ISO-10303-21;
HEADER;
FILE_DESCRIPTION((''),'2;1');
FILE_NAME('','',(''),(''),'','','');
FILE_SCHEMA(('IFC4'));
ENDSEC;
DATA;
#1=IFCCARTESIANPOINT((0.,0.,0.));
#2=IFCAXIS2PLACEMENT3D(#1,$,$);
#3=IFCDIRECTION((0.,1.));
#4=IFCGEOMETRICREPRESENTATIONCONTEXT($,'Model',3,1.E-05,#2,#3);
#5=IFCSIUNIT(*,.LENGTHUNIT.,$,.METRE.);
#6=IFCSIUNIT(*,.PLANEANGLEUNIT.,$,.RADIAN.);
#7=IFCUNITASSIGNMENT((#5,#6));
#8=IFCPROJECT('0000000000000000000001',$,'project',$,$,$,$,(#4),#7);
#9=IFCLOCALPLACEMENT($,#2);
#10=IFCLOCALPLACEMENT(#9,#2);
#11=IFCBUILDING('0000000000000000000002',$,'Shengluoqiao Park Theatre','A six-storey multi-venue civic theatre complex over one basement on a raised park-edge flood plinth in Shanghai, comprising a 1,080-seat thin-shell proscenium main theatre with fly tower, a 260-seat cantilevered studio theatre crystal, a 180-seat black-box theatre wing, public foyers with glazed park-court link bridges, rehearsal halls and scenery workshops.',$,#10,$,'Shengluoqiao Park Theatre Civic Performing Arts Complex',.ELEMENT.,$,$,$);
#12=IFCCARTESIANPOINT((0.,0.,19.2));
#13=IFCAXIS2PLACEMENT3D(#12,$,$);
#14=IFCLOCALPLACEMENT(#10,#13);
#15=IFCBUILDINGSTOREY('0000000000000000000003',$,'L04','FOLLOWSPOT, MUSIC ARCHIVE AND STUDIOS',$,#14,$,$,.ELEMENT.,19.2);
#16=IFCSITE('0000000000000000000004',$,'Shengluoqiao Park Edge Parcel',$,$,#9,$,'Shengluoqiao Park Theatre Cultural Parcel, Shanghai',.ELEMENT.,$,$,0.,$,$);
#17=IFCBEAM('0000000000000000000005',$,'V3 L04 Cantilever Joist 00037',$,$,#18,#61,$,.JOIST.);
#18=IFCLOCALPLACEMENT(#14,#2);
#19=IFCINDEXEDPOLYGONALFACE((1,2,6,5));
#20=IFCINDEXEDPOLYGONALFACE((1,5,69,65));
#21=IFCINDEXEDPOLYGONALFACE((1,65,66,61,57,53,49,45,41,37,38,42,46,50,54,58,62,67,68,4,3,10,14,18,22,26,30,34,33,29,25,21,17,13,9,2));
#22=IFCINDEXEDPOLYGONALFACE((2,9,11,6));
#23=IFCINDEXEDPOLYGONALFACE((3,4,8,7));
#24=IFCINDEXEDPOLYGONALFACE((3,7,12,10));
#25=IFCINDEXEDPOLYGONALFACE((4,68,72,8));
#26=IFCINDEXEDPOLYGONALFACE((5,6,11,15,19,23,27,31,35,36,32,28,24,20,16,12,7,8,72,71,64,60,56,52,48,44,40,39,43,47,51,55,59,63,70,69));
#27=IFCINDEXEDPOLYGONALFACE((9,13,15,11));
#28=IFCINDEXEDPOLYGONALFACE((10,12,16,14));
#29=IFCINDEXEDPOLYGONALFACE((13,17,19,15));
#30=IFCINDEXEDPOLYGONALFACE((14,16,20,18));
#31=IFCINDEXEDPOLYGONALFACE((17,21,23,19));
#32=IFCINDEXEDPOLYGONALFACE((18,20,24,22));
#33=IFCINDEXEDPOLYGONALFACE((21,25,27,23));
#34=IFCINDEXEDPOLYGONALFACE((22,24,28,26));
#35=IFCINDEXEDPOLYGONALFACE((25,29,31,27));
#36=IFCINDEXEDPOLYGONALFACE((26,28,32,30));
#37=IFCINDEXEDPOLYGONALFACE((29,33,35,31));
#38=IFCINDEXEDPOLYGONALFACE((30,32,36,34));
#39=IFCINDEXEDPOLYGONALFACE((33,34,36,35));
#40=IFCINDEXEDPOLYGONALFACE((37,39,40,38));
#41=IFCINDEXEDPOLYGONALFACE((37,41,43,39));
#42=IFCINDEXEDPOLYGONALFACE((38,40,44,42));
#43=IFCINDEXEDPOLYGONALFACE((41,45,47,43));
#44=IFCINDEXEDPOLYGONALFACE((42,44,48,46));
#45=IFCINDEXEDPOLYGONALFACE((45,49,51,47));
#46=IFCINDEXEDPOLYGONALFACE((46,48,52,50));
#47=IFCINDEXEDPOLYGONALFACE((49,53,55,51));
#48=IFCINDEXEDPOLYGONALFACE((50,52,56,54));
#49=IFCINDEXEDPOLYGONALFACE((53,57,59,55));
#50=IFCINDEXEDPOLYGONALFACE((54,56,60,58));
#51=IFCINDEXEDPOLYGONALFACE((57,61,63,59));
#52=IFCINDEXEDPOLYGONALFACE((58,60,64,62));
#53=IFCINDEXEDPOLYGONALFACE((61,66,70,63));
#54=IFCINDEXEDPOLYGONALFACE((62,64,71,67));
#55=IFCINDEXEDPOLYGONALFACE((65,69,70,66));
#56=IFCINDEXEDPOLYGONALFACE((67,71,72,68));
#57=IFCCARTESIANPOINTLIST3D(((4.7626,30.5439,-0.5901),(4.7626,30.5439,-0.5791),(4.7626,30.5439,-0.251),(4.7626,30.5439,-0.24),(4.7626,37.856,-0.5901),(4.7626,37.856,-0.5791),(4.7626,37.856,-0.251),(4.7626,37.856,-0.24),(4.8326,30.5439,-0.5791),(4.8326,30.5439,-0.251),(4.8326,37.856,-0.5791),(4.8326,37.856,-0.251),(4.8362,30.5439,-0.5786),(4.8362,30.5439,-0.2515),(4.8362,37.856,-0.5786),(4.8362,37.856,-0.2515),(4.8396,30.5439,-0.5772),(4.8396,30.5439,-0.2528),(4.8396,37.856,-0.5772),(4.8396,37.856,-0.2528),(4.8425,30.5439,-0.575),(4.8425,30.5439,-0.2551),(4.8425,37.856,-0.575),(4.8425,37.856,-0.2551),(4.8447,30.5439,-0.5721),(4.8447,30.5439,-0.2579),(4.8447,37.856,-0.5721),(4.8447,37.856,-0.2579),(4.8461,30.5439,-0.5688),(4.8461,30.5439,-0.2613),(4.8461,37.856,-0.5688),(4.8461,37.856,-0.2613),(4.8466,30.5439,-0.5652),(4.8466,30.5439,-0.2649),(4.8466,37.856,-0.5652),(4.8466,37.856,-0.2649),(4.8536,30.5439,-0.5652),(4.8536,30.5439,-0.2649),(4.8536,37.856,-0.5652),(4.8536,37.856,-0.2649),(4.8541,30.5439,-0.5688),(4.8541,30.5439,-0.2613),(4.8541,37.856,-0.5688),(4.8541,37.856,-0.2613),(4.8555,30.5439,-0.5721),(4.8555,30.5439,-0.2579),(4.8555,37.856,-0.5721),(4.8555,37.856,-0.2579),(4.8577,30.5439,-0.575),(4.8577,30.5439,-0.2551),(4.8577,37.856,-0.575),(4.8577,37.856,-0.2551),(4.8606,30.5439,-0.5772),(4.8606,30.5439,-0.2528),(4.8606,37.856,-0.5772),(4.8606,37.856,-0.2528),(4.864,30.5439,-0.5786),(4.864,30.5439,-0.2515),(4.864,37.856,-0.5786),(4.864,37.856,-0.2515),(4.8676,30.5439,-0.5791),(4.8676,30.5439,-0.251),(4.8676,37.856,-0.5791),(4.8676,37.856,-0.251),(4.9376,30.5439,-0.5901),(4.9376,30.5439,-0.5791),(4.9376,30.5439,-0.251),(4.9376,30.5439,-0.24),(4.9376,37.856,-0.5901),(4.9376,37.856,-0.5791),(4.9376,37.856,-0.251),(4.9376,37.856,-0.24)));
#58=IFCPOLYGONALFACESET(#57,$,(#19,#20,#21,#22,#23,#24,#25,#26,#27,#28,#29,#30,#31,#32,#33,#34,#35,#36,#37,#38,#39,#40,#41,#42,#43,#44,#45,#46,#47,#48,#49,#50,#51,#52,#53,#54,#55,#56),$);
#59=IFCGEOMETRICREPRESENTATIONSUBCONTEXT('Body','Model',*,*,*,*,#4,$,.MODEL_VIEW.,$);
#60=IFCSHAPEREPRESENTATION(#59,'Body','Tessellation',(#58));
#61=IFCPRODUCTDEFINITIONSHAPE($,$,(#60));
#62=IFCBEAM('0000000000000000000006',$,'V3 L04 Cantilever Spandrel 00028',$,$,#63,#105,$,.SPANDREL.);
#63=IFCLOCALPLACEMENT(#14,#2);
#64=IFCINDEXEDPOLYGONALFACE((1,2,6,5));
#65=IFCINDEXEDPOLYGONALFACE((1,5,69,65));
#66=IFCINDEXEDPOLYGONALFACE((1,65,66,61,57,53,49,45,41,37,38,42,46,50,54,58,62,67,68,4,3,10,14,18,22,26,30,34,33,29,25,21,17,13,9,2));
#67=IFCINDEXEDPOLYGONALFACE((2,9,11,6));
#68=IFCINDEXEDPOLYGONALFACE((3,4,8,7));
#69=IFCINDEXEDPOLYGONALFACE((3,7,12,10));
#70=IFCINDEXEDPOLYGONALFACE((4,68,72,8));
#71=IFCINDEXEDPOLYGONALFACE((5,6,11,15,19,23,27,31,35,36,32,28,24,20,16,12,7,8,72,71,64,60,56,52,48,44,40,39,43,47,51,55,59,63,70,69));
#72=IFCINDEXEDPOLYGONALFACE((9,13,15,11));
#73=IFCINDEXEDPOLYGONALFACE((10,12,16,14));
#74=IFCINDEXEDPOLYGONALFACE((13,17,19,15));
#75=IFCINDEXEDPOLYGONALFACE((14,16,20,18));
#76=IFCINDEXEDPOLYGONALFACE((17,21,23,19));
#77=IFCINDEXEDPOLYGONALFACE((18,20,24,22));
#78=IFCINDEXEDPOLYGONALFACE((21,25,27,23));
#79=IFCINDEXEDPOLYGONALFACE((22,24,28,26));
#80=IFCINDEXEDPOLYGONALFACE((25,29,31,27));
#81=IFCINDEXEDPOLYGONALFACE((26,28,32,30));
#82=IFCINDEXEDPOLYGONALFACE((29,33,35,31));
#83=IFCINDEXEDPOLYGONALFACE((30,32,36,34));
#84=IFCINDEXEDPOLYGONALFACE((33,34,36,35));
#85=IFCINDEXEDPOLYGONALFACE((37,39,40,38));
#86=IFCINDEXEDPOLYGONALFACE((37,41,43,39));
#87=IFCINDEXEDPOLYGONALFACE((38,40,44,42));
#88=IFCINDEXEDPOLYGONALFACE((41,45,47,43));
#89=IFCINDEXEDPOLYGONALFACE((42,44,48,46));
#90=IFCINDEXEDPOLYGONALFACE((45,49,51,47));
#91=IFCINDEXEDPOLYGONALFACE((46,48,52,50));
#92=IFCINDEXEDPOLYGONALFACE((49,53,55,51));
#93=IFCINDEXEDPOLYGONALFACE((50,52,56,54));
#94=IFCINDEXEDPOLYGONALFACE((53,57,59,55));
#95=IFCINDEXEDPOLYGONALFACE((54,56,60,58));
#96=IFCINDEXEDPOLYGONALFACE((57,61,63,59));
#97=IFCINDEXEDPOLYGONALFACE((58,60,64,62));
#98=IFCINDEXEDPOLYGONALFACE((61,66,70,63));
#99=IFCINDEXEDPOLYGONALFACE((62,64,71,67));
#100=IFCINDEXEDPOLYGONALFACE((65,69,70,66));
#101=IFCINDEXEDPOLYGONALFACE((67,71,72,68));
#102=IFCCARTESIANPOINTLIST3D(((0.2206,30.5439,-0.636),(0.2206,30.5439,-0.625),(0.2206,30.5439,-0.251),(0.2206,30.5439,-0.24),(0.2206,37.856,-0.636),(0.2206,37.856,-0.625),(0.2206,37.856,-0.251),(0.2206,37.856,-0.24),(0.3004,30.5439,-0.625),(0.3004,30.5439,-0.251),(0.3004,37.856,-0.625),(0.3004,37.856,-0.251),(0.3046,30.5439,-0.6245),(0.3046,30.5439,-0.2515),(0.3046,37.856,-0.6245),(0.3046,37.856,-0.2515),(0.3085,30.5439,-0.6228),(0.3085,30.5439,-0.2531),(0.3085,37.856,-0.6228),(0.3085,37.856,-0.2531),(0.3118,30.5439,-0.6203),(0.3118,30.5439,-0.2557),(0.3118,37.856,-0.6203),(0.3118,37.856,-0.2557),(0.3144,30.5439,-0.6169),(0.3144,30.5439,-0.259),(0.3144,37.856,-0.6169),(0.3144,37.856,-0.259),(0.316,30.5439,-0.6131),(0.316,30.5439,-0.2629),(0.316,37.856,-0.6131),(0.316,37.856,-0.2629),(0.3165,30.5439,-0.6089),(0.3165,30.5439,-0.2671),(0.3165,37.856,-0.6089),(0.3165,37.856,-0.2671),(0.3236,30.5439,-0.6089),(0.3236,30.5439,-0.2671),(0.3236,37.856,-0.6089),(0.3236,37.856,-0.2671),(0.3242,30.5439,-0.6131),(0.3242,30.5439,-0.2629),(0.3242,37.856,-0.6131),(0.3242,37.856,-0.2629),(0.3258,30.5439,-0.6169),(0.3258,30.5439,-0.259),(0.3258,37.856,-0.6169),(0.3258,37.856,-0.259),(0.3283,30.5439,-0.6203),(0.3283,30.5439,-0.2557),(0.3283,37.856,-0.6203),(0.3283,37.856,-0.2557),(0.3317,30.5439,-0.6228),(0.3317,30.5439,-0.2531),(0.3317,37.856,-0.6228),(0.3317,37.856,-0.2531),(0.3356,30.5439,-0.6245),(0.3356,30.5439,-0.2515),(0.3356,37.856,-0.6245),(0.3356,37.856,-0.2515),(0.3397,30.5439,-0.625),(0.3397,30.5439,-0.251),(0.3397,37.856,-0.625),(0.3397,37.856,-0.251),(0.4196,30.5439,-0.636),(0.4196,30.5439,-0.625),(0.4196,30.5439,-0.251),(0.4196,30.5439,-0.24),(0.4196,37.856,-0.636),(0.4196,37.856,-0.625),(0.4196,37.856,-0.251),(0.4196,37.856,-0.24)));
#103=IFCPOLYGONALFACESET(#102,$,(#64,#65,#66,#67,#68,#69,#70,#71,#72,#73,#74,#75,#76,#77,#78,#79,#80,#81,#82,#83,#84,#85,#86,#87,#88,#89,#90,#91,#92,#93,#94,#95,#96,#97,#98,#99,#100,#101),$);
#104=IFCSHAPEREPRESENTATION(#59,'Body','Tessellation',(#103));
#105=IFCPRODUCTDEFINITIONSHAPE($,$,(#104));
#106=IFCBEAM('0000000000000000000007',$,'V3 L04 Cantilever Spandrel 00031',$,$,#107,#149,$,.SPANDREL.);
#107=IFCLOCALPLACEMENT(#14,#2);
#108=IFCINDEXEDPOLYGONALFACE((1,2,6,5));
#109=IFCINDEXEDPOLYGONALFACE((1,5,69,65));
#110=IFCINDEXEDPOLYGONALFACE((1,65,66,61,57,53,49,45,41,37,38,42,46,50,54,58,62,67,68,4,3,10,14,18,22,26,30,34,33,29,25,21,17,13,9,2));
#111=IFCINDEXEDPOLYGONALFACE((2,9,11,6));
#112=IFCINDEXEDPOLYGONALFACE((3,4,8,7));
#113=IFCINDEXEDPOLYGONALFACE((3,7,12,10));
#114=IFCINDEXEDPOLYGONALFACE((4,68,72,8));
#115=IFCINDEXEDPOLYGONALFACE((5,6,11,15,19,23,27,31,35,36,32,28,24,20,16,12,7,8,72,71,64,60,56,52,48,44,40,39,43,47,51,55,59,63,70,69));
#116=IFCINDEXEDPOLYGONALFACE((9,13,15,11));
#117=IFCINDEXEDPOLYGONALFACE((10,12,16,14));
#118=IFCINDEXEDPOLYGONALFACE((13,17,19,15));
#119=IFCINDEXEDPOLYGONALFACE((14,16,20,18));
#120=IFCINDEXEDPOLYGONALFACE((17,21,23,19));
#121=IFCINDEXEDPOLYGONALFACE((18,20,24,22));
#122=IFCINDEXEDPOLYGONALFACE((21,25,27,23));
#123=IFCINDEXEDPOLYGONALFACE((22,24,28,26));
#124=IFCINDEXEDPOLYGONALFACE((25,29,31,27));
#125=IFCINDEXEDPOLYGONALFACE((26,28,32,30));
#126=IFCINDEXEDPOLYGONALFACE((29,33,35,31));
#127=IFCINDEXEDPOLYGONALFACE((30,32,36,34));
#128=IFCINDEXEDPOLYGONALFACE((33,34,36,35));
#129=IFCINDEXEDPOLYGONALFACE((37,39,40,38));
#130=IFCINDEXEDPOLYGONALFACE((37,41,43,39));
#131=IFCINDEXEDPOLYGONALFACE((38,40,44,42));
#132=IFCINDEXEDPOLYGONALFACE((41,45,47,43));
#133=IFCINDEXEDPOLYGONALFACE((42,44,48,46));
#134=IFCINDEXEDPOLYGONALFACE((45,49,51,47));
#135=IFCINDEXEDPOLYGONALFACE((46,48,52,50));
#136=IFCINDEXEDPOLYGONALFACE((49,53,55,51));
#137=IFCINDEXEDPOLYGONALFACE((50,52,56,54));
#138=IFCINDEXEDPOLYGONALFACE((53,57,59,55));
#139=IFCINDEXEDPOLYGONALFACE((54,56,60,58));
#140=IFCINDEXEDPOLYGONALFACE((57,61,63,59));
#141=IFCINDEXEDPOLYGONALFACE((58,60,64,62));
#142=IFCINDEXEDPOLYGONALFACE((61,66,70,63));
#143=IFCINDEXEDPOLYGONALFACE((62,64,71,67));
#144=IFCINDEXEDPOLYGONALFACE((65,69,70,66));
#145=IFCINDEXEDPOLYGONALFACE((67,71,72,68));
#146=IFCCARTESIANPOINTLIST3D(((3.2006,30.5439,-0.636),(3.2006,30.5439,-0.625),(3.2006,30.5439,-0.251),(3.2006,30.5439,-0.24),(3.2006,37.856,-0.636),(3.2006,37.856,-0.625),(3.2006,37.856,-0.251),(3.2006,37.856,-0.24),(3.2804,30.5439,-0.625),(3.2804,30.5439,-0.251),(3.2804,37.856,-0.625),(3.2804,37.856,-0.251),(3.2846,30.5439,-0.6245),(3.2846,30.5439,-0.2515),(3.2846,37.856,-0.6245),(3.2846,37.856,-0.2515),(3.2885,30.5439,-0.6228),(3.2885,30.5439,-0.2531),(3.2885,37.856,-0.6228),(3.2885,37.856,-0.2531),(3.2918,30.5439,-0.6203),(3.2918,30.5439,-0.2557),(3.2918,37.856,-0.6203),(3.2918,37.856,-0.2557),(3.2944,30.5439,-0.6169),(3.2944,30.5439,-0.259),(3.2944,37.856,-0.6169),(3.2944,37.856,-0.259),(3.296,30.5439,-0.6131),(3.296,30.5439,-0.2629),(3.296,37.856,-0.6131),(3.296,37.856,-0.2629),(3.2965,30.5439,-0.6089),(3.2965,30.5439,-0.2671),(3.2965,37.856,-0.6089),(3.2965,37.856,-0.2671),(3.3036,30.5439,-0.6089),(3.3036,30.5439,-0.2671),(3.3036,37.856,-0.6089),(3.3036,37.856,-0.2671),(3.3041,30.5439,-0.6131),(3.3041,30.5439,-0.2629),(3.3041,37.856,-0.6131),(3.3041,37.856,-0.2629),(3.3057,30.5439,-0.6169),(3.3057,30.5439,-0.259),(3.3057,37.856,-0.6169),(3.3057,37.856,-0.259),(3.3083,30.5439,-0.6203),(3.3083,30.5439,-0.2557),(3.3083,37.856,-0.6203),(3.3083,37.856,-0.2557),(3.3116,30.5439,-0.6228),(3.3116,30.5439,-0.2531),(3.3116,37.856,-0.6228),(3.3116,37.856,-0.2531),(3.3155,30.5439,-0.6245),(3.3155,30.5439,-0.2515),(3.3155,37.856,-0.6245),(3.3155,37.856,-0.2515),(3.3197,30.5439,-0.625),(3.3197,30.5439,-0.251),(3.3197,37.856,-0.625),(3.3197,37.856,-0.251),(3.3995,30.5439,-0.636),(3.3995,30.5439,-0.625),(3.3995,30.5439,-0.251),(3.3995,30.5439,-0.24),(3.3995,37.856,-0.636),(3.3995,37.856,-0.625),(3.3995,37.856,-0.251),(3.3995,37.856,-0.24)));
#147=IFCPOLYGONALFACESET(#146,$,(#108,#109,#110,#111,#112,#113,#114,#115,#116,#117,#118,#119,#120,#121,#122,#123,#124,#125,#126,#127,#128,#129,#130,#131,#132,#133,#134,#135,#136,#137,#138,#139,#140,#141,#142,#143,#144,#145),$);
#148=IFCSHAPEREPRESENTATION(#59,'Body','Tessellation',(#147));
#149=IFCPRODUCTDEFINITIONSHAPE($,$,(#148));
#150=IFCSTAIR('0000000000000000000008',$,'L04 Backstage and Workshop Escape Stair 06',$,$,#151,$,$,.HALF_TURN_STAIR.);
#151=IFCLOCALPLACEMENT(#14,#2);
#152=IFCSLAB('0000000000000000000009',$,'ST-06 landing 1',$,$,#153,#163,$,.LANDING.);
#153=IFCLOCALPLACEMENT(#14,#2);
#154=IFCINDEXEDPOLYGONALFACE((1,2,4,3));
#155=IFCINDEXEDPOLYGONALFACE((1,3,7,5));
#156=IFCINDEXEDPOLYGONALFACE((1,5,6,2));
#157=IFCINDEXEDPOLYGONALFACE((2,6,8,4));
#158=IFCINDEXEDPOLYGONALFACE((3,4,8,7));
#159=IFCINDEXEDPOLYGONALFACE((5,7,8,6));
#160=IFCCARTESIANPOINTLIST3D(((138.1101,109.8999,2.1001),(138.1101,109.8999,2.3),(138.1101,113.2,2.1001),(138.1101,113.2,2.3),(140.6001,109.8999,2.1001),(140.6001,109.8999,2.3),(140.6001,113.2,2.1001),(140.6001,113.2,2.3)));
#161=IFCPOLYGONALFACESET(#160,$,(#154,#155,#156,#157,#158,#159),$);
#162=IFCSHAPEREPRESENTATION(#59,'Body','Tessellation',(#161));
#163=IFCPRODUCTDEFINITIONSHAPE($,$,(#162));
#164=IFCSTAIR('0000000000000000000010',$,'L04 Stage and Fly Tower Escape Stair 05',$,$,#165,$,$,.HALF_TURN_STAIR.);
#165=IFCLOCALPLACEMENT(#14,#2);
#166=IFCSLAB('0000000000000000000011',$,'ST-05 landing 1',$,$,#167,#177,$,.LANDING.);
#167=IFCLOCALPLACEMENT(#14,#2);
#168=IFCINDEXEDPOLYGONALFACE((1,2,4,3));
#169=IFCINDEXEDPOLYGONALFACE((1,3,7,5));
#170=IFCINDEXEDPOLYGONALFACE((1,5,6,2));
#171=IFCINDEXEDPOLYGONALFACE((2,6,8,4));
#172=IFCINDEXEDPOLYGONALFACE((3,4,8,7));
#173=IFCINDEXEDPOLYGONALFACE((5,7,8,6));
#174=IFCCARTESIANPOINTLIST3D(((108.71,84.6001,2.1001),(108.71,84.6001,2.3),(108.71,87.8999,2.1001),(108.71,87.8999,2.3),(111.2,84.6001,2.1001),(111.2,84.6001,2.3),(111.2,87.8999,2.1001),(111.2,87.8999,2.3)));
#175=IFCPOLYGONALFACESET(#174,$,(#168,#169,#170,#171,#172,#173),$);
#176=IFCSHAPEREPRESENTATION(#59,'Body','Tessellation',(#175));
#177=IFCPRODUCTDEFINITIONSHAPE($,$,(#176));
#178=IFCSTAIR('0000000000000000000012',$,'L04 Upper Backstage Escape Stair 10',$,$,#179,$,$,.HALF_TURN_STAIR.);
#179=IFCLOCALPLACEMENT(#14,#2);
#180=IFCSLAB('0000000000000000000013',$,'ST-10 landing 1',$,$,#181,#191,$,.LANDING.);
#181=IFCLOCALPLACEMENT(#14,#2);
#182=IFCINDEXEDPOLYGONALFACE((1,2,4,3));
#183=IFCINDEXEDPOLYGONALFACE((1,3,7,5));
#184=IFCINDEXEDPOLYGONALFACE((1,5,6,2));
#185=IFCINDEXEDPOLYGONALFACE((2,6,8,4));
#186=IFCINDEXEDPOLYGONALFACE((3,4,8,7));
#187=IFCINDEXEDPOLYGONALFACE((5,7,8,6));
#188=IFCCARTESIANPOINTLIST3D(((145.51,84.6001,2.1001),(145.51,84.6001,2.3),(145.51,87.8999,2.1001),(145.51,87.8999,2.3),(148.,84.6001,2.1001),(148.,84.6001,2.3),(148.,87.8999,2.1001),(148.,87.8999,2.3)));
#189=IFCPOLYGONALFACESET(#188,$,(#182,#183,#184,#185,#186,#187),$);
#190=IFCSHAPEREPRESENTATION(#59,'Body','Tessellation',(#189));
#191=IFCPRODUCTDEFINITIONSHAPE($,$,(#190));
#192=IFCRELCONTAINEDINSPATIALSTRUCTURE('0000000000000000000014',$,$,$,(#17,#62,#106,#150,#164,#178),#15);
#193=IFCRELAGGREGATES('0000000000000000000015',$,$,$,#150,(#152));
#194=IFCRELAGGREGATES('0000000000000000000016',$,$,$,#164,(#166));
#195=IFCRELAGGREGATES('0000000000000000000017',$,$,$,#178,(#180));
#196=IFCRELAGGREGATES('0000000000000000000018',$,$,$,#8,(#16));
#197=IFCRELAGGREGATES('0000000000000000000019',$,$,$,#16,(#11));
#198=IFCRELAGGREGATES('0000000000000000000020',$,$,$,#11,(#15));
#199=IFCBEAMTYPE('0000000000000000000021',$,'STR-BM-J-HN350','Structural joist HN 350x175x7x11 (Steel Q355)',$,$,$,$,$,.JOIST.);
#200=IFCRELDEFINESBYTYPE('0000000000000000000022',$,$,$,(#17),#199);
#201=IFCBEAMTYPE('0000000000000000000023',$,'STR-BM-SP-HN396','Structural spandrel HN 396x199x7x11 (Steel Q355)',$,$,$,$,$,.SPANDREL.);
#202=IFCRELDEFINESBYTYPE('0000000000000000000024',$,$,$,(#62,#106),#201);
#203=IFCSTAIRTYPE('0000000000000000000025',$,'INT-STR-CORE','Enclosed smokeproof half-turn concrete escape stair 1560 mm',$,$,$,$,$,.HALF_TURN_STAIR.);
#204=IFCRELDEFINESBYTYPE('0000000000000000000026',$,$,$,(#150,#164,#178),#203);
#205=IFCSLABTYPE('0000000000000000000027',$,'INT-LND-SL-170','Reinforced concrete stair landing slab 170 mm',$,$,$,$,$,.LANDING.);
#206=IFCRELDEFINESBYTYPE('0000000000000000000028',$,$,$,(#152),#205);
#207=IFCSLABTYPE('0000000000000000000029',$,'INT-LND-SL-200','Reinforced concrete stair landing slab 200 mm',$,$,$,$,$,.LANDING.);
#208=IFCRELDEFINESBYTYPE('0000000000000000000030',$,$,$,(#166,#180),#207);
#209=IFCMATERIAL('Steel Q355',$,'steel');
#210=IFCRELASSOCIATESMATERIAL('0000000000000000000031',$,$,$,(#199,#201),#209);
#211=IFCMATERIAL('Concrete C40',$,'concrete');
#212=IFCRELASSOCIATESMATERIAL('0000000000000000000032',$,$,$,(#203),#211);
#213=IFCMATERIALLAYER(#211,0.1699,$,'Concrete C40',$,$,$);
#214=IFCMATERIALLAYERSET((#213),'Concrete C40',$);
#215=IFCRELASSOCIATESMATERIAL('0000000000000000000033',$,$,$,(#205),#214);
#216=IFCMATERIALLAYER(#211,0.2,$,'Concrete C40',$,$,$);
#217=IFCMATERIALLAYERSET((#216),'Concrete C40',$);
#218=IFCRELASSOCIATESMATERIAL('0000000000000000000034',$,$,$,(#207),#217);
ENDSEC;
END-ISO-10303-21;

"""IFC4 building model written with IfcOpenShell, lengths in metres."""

from ifc_helpers import new_model, si_unit, direction, frame, origin, origin_2d, place, context, subcontext, project, spatial, polyline, i_section, outline, extrude, material, layer, layer_set, material_profile, profile_set, type_object, element, aggregate, save


model = new_model("IFC4")

# Units and contexts
model_context = context("Model", 3, precision=1e-05, world=origin(), true_north=direction((0.0, 1.0)))
body_context = subcontext(model_context, "Body", "Model", "MODEL_VIEW")
ifc_project = project(units=[si_unit("LENGTHUNIT", "METRE"), si_unit("PLANEANGLEUNIT", "RADIAN")], contexts=[model_context])

# Site, building, storey
site_placement = place(None, origin())
site = spatial("IfcSite", under=ifc_project, at=site_placement, Name="Shengluoqiao Park Edge Parcel", LongName="Shengluoqiao Park Theatre Cultural Parcel, Shanghai", CompositionType="ELEMENT", RefElevation=0.0)
building_placement = place(site_placement, origin())
building = spatial("IfcBuilding", under=site, at=building_placement, Name="Shengluoqiao Park Theatre", Description="A six-storey multi-venue civic theatre complex over one basement on a raised park-edge flood plinth in Shanghai, comprising a 1,080-seat thin-shell proscenium main theatre with fly tower, a 260-seat cantilevered studio theatre crystal, a 180-seat black-box theatre wing, public foyers with glazed park-court link bridges, rehearsal halls and scenery workshops.", LongName="Shengluoqiao Park Theatre Civic Performing Arts Complex", CompositionType="ELEMENT")
storey_placement = place(building_placement, frame((0.0, 0.0, 19.2)))
storey = spatial("IfcBuildingStorey", under=building, at=storey_placement, Name="L04", Description="FOLLOWSPOT, MUSIC ARCHIVE AND STUDIOS", CompositionType="ELEMENT", Elevation=19.2)

# Beams
ifc_material_1 = material(Name="Steel Q355", Category="steel")
ifc_material_profile_1 = material_profile(ifc_material_1, i_section(OverallWidth=0.175, OverallDepth=0.3501, WebThickness=0.0071, FlangeThickness=0.011, FilletRadius=0.0139, at=origin_2d()), Name="HN 350x175x7x11")
ifc_profile_set_1 = profile_set([ifc_material_profile_1], Name="Steel Q355")
beam_type_1 = type_object("IfcBeamType", Name="STR-BM-J-HN350", Description="Structural joist HN 350x175x7x11 (Steel Q355)", PredefinedType="JOIST", material=ifc_profile_set_1)
for number, where, z_axis, x_axis, name in (
    (1, (4.8501, 30.5439, -0.415), (0.0, 1.0, 0.0), (-1.0, 0.0, 0.0), "V3 L04 Cantilever Joist 00037"),
):
    element("IfcBeam", number, at=place(storey_placement, frame(where, z_axis=z_axis, x_axis=x_axis)), inside=storey, type_object=beam_type_1, Name=name, PredefinedType="JOIST", context=body_context, shape_type="SweptSolid", body=[
        extrude(i_section(OverallWidth=0.175, OverallDepth=0.3501, WebThickness=0.0071, FlangeThickness=0.011, FilletRadius=0.0139, at=origin_2d()), origin(), (0.0, 0.0, 1.0), 7.312),
    ])
ifc_material_profile_2 = material_profile(ifc_material_1, i_section(OverallWidth=0.199, OverallDepth=0.396, WebThickness=0.0071, FlangeThickness=0.011, FilletRadius=0.0161, at=origin_2d()), Name="HN 396x199x7x11")
ifc_profile_set_2 = profile_set([ifc_material_profile_2], Name="Steel Q355")
beam_type_2 = type_object("IfcBeamType", Name="STR-BM-SP-HN396", Description="Structural spandrel HN 396x199x7x11 (Steel Q355)", PredefinedType="SPANDREL", material=ifc_profile_set_2)
for number, where, z_axis, x_axis, name in (
    (2, (0.3201, 30.5439, -0.438), (0.0, 1.0, 0.0), (-1.0, 0.0, 0.0), "V3 L04 Cantilever Spandrel 00028"),
    (3, (3.3, 30.5439, -0.438), (0.0, 1.0, 0.0), (-1.0, 0.0, 0.0), "V3 L04 Cantilever Spandrel 00031"),
):
    element("IfcBeam", number, at=place(storey_placement, frame(where, z_axis=z_axis, x_axis=x_axis)), inside=storey, type_object=beam_type_2, Name=name, PredefinedType="SPANDREL", context=body_context, shape_type="SweptSolid", body=[
        extrude(i_section(OverallWidth=0.199, OverallDepth=0.396, WebThickness=0.0071, FlangeThickness=0.011, FilletRadius=0.0161, at=origin_2d()), origin(), (0.0, 0.0, 1.0), 7.312),
    ])

# Stairs, slabs
ifc_material_2 = material(Name="Concrete C40", Category="concrete")
stair_type = type_object("IfcStairType", Name="INT-STR-CORE", Description="Enclosed smokeproof half-turn concrete escape stair 1560 mm", PredefinedType="HALF_TURN_STAIR", material=ifc_material_2)
stair_1_placement = place(storey_placement, origin())
stair_1 = element("IfcStair", 4, at=stair_1_placement, inside=storey, type_object=stair_type, Name="L04 Backstage and Workshop Escape Stair 06", PredefinedType="HALF_TURN_STAIR")
ifc_layer_1 = layer(ifc_material_2, 0.1699, Name="Concrete C40")
ifc_layer_set_1 = layer_set([ifc_layer_1], Name="Concrete C40")
slab_type_1 = type_object("IfcSlabType", Name="INT-LND-SL-170", Description="Reinforced concrete stair landing slab 170 mm", PredefinedType="LANDING", material=ifc_layer_set_1)
slab_1_placement = place(storey_placement, frame((0.0, 0.0, 2.1001)))
slab_1 = element("IfcSlab", 5, at=slab_1_placement, type_object=slab_type_1, Name="ST-06 landing 1", PredefinedType="LANDING", context=body_context, shape_type="SweptSolid", body=[
    extrude(outline(polyline([(138.1101, 109.8999), (140.6001, 109.8999), (140.6001, 113.2), (138.1101, 113.2), (138.1101, 109.8999)])), origin(), (0.0, 0.0, 1.0), 0.2),
])
aggregate(stair_1, [slab_1])
stair_2_placement = place(storey_placement, origin())
stair_2 = element("IfcStair", 6, at=stair_2_placement, inside=storey, type_object=stair_type, Name="L04 Stage and Fly Tower Escape Stair 05", PredefinedType="HALF_TURN_STAIR")
ifc_layer_2 = layer(ifc_material_2, 0.2, Name="Concrete C40")
ifc_layer_set_2 = layer_set([ifc_layer_2], Name="Concrete C40")
slab_type_2 = type_object("IfcSlabType", Name="INT-LND-SL-200", Description="Reinforced concrete stair landing slab 200 mm", PredefinedType="LANDING", material=ifc_layer_set_2)
slab_2_placement = place(storey_placement, frame((0.0, 0.0, 2.1001)))
slab_2 = element("IfcSlab", 7, at=slab_2_placement, type_object=slab_type_2, Name="ST-05 landing 1", PredefinedType="LANDING", context=body_context, shape_type="SweptSolid", body=[
    extrude(outline(polyline([(108.71, 84.6001), (111.2, 84.6001), (111.2, 87.8999), (108.71, 87.8999), (108.71, 84.6001)])), origin(), (0.0, 0.0, 1.0), 0.2),
])
aggregate(stair_2, [slab_2])
stair_3_placement = place(storey_placement, origin())
stair_3 = element("IfcStair", 8, at=stair_3_placement, inside=storey, type_object=stair_type, Name="L04 Upper Backstage Escape Stair 10", PredefinedType="HALF_TURN_STAIR")
slab_3_placement = place(storey_placement, frame((0.0, 0.0, 2.1001)))
slab_3 = element("IfcSlab", 9, at=slab_3_placement, type_object=slab_type_2, Name="ST-10 landing 1", PredefinedType="LANDING", context=body_context, shape_type="SweptSolid", body=[
    extrude(outline(polyline([(145.51, 84.6001), (148.0, 84.6001), (148.0, 87.8999), (145.51, 87.8999), (145.51, 84.6001)])), origin(), (0.0, 0.0, 1.0), 0.2),
])
aggregate(stair_3, [slab_3])

save(model, "model.ifc")
